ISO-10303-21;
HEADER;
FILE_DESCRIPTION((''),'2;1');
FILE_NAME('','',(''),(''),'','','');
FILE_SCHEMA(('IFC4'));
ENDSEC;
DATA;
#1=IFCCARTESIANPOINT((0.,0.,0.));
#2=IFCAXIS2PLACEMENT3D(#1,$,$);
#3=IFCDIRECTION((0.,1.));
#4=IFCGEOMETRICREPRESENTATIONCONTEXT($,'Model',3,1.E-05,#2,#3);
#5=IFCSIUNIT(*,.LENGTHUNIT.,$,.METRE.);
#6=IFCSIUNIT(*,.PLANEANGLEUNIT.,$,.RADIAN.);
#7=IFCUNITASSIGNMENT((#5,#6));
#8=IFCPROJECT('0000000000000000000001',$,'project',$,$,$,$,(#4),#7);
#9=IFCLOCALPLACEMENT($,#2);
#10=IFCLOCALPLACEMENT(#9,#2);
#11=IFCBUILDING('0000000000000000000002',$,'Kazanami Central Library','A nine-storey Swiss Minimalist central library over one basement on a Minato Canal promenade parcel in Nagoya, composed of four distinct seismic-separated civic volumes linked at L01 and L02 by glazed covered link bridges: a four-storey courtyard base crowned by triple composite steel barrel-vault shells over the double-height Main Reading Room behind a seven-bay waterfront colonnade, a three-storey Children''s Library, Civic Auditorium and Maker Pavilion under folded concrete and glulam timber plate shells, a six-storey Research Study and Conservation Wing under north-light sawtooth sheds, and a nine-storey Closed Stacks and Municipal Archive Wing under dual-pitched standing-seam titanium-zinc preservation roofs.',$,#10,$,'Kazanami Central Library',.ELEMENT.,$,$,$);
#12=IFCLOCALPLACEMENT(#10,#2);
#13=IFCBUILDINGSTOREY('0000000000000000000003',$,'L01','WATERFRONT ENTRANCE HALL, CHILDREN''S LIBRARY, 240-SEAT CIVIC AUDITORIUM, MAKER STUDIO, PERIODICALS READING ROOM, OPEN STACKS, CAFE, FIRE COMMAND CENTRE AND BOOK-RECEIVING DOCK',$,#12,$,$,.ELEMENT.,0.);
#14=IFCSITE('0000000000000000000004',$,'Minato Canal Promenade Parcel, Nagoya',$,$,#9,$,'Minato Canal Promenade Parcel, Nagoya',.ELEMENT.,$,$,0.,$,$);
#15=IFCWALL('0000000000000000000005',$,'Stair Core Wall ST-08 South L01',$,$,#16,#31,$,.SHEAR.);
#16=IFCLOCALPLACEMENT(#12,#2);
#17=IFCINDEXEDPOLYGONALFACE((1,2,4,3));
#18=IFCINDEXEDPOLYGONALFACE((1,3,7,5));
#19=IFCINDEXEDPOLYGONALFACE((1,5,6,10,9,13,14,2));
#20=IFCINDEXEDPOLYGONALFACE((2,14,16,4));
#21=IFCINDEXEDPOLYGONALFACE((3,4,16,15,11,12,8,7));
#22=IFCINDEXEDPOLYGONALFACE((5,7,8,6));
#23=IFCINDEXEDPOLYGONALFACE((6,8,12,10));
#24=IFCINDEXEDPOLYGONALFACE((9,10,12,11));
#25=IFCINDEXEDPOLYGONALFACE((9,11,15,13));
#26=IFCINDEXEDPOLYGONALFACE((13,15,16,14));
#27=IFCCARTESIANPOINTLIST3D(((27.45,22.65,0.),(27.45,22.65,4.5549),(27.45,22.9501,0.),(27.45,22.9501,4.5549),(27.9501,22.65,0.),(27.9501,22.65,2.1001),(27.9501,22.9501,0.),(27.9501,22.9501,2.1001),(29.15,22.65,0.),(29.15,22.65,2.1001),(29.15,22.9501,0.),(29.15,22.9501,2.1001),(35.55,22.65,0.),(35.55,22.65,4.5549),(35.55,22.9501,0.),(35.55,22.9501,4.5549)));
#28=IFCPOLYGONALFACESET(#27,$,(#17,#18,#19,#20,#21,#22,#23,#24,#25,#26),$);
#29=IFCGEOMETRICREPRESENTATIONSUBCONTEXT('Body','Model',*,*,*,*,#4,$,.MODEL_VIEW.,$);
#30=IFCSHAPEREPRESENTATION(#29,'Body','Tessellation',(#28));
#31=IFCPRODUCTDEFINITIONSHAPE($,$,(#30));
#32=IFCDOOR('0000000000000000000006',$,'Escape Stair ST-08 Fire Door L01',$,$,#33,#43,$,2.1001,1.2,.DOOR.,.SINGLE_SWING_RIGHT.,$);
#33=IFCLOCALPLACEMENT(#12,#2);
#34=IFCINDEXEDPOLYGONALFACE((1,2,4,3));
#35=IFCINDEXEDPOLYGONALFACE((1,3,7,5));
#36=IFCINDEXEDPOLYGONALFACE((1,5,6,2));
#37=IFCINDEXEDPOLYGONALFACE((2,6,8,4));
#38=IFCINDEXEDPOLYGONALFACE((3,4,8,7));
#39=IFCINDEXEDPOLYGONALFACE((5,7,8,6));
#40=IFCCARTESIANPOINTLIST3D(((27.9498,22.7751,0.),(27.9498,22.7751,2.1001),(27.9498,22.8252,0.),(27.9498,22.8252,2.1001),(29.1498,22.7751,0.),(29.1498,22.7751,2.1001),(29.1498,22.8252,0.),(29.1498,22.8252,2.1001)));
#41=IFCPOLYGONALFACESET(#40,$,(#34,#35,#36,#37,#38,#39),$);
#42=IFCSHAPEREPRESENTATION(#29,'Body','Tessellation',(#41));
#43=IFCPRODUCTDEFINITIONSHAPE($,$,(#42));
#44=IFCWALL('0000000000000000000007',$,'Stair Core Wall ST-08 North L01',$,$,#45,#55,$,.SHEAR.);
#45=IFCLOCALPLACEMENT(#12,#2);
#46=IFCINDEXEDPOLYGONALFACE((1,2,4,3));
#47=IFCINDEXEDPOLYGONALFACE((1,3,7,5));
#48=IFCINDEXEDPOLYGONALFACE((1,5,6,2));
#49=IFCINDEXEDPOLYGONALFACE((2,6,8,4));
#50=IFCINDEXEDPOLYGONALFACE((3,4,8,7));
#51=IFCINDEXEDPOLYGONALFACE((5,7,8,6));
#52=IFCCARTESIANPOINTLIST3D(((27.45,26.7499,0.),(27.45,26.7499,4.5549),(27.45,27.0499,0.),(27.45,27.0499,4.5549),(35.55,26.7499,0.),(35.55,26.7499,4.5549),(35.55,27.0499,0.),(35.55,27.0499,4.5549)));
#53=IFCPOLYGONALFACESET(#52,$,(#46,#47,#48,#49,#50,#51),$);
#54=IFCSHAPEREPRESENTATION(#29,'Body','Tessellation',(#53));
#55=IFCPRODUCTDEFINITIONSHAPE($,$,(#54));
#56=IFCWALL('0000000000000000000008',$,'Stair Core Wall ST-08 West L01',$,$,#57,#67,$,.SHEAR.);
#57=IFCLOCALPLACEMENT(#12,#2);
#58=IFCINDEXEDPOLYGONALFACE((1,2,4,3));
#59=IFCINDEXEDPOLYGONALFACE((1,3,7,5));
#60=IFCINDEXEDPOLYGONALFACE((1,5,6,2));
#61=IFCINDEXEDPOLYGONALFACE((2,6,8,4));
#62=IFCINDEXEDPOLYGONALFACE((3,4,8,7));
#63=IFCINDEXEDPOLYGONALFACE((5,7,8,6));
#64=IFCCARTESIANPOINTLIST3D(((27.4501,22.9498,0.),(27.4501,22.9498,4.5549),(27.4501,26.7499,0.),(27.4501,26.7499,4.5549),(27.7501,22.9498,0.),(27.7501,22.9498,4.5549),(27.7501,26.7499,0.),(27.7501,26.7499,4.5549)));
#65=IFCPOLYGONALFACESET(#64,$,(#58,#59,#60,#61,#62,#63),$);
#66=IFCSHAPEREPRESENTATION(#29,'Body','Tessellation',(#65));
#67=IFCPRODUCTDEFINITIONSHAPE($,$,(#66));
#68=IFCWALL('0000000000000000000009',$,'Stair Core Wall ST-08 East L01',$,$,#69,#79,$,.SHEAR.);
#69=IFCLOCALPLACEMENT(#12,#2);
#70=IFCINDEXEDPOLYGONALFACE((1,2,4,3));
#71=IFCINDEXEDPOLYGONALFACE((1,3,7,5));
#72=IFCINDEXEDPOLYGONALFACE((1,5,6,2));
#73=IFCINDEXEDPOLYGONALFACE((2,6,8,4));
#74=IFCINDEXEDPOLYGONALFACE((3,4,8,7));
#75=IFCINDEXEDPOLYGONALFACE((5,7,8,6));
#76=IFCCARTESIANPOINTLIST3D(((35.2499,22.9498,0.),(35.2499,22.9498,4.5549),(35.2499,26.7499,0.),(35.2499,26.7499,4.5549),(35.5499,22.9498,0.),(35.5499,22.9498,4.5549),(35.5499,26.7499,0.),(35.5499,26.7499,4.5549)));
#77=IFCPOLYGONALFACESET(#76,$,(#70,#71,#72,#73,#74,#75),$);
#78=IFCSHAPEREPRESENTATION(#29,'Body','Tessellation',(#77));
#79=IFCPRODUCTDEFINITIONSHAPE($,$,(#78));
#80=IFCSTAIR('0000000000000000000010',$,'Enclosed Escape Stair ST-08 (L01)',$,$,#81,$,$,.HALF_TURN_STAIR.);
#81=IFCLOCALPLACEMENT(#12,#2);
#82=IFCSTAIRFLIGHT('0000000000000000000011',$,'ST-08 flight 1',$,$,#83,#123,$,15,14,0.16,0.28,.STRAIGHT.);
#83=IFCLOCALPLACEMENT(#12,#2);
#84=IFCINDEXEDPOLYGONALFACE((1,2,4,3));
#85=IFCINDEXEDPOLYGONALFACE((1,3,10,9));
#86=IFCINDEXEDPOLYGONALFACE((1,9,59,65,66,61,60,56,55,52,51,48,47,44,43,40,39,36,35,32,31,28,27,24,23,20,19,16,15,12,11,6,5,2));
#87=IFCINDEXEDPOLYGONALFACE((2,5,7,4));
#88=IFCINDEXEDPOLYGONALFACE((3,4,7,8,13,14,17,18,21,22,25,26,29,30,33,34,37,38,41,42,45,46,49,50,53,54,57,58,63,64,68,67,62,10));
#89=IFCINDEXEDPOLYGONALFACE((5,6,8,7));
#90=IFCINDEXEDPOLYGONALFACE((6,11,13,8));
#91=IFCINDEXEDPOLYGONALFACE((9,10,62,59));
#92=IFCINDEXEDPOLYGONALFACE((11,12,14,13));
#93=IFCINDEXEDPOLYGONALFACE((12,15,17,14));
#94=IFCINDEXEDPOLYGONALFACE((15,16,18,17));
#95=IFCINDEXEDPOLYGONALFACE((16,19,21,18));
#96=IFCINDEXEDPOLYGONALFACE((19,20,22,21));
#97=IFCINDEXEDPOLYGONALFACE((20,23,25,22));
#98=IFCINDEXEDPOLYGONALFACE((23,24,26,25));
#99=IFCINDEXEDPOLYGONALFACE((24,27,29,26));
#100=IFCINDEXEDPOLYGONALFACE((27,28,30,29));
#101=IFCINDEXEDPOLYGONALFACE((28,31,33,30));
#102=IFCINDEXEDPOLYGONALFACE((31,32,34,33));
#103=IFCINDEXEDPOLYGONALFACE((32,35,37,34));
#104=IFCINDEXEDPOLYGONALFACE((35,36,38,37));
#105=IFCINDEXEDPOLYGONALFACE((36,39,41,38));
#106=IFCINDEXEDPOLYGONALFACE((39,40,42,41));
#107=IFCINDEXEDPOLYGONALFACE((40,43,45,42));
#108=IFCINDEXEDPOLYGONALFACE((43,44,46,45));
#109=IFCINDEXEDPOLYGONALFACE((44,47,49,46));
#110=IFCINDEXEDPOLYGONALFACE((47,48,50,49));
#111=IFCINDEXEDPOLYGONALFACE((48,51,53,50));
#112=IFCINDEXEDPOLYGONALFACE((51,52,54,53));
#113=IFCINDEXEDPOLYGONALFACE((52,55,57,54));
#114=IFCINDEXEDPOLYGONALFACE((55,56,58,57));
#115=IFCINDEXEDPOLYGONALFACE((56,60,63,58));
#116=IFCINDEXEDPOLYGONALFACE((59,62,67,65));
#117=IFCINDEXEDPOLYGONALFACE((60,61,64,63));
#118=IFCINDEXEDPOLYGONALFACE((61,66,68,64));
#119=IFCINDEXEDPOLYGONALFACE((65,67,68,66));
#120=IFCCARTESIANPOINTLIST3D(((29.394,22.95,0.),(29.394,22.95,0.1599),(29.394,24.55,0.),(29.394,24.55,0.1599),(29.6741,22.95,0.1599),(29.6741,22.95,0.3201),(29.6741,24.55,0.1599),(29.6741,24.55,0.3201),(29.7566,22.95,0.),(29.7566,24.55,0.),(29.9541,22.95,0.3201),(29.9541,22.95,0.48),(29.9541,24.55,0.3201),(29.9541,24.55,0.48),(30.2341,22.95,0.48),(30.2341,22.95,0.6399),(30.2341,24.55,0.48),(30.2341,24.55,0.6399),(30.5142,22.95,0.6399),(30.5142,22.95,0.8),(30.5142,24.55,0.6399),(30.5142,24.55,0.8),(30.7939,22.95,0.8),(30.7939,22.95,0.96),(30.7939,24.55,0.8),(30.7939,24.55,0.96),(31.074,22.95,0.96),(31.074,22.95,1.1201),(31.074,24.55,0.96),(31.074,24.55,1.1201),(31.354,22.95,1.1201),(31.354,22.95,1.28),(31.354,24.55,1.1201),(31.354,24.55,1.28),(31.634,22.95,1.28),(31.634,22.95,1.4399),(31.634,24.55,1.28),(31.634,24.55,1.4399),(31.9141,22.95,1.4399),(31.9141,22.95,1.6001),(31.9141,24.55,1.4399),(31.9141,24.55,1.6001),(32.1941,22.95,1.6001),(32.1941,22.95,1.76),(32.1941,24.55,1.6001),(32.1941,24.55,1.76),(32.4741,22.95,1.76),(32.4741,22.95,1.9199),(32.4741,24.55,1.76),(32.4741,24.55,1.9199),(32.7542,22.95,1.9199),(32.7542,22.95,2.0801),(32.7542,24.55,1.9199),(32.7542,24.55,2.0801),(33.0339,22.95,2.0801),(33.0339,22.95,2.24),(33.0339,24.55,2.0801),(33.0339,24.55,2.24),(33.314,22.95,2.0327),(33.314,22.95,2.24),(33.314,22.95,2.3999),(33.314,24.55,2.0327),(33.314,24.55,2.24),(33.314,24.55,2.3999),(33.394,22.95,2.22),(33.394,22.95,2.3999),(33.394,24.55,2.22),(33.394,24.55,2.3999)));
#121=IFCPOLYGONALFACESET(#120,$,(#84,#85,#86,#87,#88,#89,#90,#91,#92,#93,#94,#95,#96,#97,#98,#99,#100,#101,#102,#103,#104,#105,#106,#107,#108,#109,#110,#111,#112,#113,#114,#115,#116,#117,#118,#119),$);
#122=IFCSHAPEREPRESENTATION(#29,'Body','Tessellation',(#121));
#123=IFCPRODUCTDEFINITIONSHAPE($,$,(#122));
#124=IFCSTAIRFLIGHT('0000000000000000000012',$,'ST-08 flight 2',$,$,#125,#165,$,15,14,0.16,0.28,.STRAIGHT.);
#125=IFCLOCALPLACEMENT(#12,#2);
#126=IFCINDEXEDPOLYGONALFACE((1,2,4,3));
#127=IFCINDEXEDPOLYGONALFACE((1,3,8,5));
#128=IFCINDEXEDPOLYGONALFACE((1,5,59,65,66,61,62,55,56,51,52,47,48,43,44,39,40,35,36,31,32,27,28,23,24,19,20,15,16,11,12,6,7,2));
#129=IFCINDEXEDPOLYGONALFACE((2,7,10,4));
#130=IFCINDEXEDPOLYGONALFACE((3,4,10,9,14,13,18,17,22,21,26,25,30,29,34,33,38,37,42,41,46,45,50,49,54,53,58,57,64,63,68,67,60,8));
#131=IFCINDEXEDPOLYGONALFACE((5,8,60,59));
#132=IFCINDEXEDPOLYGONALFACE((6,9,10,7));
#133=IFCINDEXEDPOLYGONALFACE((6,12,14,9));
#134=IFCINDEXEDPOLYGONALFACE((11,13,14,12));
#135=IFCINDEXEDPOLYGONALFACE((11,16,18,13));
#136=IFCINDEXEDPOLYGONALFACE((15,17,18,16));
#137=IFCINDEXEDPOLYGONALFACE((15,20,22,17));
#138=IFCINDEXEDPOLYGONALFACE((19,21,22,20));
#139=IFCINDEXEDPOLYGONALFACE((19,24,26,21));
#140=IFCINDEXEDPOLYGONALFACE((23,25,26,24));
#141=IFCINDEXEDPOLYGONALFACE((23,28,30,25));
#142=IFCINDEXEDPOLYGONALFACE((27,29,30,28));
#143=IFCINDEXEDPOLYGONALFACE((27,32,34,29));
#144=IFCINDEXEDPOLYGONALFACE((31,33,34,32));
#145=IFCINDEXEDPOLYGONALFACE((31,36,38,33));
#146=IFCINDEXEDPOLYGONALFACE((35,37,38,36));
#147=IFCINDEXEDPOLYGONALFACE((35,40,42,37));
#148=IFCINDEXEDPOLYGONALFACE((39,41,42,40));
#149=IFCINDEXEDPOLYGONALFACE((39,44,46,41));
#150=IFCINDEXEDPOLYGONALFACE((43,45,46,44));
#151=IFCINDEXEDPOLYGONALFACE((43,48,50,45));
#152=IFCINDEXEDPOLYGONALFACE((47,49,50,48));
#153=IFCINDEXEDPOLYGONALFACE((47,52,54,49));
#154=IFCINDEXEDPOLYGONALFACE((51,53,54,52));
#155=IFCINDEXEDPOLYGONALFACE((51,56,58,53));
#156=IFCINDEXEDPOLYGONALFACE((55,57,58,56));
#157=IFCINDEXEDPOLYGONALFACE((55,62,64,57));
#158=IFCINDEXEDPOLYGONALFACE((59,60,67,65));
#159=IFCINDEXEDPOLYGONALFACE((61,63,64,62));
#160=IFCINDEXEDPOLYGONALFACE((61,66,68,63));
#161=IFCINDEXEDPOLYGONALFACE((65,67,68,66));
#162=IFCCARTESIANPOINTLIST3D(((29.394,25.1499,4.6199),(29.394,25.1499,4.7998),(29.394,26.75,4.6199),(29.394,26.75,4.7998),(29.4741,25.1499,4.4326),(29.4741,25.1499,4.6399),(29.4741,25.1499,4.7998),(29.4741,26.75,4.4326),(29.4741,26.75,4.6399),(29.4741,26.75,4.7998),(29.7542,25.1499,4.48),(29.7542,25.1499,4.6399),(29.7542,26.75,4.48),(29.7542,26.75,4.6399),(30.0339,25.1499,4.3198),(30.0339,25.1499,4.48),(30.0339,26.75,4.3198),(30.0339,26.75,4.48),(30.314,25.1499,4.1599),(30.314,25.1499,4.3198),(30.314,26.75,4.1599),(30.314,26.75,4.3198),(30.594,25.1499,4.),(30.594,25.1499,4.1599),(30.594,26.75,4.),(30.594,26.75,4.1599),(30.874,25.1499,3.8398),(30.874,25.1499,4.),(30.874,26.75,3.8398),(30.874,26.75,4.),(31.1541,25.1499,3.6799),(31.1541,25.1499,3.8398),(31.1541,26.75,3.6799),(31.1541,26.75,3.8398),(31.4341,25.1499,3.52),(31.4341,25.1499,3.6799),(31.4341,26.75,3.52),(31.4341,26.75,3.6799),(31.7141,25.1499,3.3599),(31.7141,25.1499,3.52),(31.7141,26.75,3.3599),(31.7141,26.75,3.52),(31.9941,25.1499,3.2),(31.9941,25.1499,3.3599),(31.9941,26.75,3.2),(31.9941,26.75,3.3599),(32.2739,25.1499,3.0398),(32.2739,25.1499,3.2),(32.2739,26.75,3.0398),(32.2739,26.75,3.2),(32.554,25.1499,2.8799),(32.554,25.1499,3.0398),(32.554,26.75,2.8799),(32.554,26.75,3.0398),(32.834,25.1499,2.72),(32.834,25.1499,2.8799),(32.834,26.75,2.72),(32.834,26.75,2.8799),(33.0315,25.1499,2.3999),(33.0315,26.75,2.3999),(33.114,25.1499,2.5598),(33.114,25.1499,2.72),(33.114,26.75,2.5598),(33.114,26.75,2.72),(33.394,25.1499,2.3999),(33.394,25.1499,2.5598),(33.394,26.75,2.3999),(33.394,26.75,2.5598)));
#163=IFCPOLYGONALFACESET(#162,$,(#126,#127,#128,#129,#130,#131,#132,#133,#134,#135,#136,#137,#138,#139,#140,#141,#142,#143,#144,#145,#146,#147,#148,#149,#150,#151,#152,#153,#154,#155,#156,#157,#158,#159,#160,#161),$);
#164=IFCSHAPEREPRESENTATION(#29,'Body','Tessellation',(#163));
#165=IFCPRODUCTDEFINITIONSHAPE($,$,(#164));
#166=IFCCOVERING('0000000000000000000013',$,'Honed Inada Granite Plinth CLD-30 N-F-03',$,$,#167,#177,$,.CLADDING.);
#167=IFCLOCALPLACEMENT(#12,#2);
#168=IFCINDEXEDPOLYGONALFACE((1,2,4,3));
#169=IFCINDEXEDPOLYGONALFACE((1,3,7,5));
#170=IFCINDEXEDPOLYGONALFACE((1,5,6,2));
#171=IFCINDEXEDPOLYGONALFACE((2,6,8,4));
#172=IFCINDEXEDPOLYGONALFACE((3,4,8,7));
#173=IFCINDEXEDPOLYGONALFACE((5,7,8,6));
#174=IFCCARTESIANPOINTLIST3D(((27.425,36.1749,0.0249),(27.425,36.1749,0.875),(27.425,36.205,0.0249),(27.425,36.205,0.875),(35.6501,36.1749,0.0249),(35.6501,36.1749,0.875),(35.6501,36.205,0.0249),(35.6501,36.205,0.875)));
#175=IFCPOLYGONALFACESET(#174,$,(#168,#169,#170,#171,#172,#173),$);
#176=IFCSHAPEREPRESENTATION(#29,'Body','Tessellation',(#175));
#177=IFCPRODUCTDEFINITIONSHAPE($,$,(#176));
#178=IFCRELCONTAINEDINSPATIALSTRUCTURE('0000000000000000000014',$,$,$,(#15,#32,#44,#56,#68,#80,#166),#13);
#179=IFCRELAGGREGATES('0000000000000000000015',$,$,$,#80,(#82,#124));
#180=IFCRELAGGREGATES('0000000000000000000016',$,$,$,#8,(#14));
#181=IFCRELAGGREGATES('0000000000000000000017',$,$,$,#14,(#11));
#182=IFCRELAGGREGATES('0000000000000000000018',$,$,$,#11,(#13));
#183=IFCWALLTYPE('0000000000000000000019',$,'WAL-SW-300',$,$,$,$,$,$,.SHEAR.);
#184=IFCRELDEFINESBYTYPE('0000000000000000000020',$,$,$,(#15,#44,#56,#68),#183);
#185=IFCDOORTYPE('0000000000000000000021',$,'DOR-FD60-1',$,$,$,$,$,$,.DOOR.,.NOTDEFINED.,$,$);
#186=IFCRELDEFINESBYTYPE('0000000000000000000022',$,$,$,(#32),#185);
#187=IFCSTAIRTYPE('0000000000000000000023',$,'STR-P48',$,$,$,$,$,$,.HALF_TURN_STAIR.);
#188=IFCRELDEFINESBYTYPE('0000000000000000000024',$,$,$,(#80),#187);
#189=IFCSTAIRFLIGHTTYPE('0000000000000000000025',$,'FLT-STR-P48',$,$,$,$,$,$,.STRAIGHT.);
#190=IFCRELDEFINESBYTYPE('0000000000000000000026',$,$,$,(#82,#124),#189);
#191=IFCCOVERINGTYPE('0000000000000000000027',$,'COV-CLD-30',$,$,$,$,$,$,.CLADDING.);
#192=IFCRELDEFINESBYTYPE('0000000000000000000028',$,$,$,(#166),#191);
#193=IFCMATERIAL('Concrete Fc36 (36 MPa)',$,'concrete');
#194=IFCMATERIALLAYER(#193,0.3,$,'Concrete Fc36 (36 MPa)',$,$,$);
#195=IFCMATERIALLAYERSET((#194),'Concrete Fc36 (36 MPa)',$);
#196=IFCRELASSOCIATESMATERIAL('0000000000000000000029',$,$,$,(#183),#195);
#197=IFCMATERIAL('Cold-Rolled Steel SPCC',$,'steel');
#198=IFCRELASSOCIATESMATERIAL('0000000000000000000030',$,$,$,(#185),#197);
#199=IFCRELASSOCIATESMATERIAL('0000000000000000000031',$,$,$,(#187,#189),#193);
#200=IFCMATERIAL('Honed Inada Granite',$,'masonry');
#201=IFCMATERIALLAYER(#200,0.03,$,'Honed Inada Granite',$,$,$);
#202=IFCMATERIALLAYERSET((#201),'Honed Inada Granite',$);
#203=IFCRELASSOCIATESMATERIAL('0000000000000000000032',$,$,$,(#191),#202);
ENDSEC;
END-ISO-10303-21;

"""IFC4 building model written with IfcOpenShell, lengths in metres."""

from ifc_helpers import new_model, si_unit, direction, frame, frame_2d, origin, origin_2d, place, context, subcontext, project, spatial, polyline, rectangle, outline, extrude, material, layer, layer_set, type_object, element, fill, aggregate, save


model = new_model("IFC4")

# Units and contexts
model_context = context("Model", 3, precision=1e-05, world=origin(), true_north=direction((0.0, 1.0)))
body_context = subcontext(model_context, "Body", "Model", "MODEL_VIEW")
ifc_project = project(units=[si_unit("LENGTHUNIT", "METRE"), si_unit("PLANEANGLEUNIT", "RADIAN")], contexts=[model_context])

# Site, building, storey
site_placement = place(None, origin())
site = spatial("IfcSite", under=ifc_project, at=site_placement, Name="Minato Canal Promenade Parcel, Nagoya", LongName="Minato Canal Promenade Parcel, Nagoya", CompositionType="ELEMENT", RefElevation=0.0)
building_placement = place(site_placement, origin())
building = spatial("IfcBuilding", under=site, at=building_placement, Name="Kazanami Central Library", Description="A nine-storey Swiss Minimalist central library over one basement on a Minato Canal promenade parcel in Nagoya, composed of four distinct seismic-separated civic volumes linked at L01 and L02 by glazed covered link bridges: a four-storey courtyard base crowned by triple composite steel barrel-vault shells over the double-height Main Reading Room behind a seven-bay waterfront colonnade, a three-storey Children's Library, Civic Auditorium and Maker Pavilion under folded concrete and glulam timber plate shells, a six-storey Research Study and Conservation Wing under north-light sawtooth sheds, and a nine-storey Closed Stacks and Municipal Archive Wing under dual-pitched standing-seam titanium-zinc preservation roofs.", LongName="Kazanami Central Library", CompositionType="ELEMENT")
storey_placement = place(building_placement, origin())
storey = spatial("IfcBuildingStorey", under=building, at=storey_placement, Name="L01", Description="WATERFRONT ENTRANCE HALL, CHILDREN'S LIBRARY, 240-SEAT CIVIC AUDITORIUM, MAKER STUDIO, PERIODICALS READING ROOM, OPEN STACKS, CAFE, FIRE COMMAND CENTRE AND BOOK-RECEIVING DOCK", CompositionType="ELEMENT", Elevation=0.0)

# Shared definitions
ifc_material_1 = material(Name="Concrete Fc36 (36 MPa)", Category="concrete")
ifc_material_2 = material(Name="Honed Inada Granite", Category="masonry")

# Wall, opening, door
ifc_layer_1 = layer(ifc_material_1, 0.3, Name="Concrete Fc36 (36 MPa)")
ifc_layer_set_1 = layer_set([ifc_layer_1], Name="Concrete Fc36 (36 MPa)")
wall_type_1 = type_object("IfcWallType", Name="WAL-SW-300", PredefinedType="SHEAR", material=ifc_layer_set_1)
wall_1_placement = place(storey_placement, frame((27.45, 22.8, 0.0), z_axis=(0.0, 0.0, 1.0), x_axis=(1.0, 0.0, 0.0)))
wall_1 = element("IfcWall", 1, at=wall_1_placement, inside=storey, type_object=wall_type_1, Name="Stair Core Wall ST-08 South L01", PredefinedType="SHEAR", context=body_context, shape_type="SweptSolid", body=[
    extrude(rectangle(XDim=8.1001, YDim=0.3, at=frame_2d((4.05, 0.0))), origin(), (0.0, 0.0, 1.0), 4.5549),
])
opening_1_placement = place(wall_1_placement, frame((0.5, 0.0, 0.0)))
opening_1 = element("IfcOpeningElement", 2, at=opening_1_placement, cuts=wall_1, PredefinedType="OPENING", context=body_context, shape_type="SweptSolid", body=[
    extrude(rectangle(XDim=1.2, YDim=2.1001, at=frame_2d((0.6001, 1.05))), frame((0.0, 0.1621, 0.0), z_axis=(0.0, -1.0, 0.0), x_axis=(1.0, 0.0, 0.0)), (0.0, 0.0, 1.0), 0.324),
])
ifc_material_3 = material(Name="Cold-Rolled Steel SPCC", Category="steel")
door_type = type_object("IfcDoorType", Name="DOR-FD60-1", OperationType="NOTDEFINED", PredefinedType="DOOR", material=ifc_material_3)
door_placement = place(opening_1_placement, frame((1.2, 0.0, 0.0), z_axis=(0.0, 0.0, 1.0), x_axis=(-1.0, 0.0, 0.0)))
door = element("IfcDoor", 3, at=door_placement, inside=storey, type_object=door_type, Name="Escape Stair ST-08 Fire Door L01", OperationType="SINGLE_SWING_RIGHT", OverallHeight=2.1001, OverallWidth=1.2, PredefinedType="DOOR", context=body_context, shape_type="SweptSolid", body=[
    extrude(rectangle(XDim=1.2, YDim=2.1001, at=frame_2d((0.6001, 1.05))), frame((0.0, 0.0249, 0.0), z_axis=(0.0, -1.0, 0.0), x_axis=(1.0, 0.0, 0.0)), (0.0, 0.0, 1.0), 0.05),
])
fill(opening_1, door)

# Walls
wall_2_placement = place(storey_placement, frame((27.45, 26.8999, 0.0), z_axis=(0.0, 0.0, 1.0), x_axis=(1.0, 0.0, 0.0)))
element("IfcWall", 4, at=wall_2_placement, inside=storey, type_object=wall_type_1, Name="Stair Core Wall ST-08 North L01", PredefinedType="SHEAR", context=body_context, shape_type="SweptSolid", body=[
    extrude(rectangle(XDim=8.1001, YDim=0.3, at=frame_2d((4.05, 0.0))), origin(), (0.0, 0.0, 1.0), 4.5549),
])
for number, where, z_axis, x_axis, name in (
    (5, (27.6001, 22.95, 0.0), (0.0, 0.0, 1.0), (0.0, 1.0, 0.0), "Stair Core Wall ST-08 West L01"),
    (6, (35.3999, 22.95, 0.0), (0.0, 0.0, 1.0), (0.0, 1.0, 0.0), "Stair Core Wall ST-08 East L01"),
):
    element("IfcWall", number, at=place(storey_placement, frame(where, z_axis=z_axis, x_axis=x_axis)), inside=storey, type_object=wall_type_1, Name=name, PredefinedType="SHEAR", context=body_context, shape_type="SweptSolid", body=[
        extrude(rectangle(XDim=3.8, YDim=0.3, at=frame_2d((1.8999, 0.0))), origin(), (0.0, 0.0, 1.0), 4.5549),
    ])

# Stair, stair flights
stair_type = type_object("IfcStairType", Name="STR-P48", PredefinedType="HALF_TURN_STAIR", material=ifc_material_1)
stair_placement = place(storey_placement, origin())
stair = element("IfcStair", 7, at=stair_placement, inside=storey, type_object=stair_type, Name="Enclosed Escape Stair ST-08 (L01)", PredefinedType="HALF_TURN_STAIR")
stair_flight_type = type_object("IfcStairFlightType", Name="FLT-STR-P48", PredefinedType="STRAIGHT", material=ifc_material_1)
stair_flight_1_placement = place(storey_placement, frame((29.394, 23.75, 0.0), z_axis=(0.0, 0.0, 1.0), x_axis=(1.0, 0.0, 0.0)))
stair_flight_1 = element("IfcStairFlight", 8, at=stair_flight_1_placement, type_object=stair_flight_type, Name="ST-08 flight 1", NumberOfRisers=15, NumberOfTreads=14, PredefinedType="STRAIGHT", RiserHeight=0.16, TreadLength=0.28, context=body_context, shape_type="SweptSolid", body=[
    extrude(outline(polyline([(0.0, 0.0), (0.0, 0.1599), (0.28, 0.1599), (0.28, 0.3201), (0.5601, 0.3201), (0.5601, 0.48), (0.8401, 0.48), (0.8401, 0.6399), (1.1201, 0.6399), (1.1201, 0.8), (1.3999, 0.8), (1.3999, 0.96), (1.6799, 0.96), (1.6799, 1.1201), (1.96, 1.1201), (1.96, 1.28), (2.24, 1.28), (2.24, 1.4399), (2.52, 1.4399), (2.52, 1.6001), (2.8, 1.6001), (2.8, 1.76), (3.0801, 1.76), (3.0801, 1.9199), (3.3601, 1.9199), (3.3601, 2.0801), (3.6399, 2.0801), (3.6399, 2.24), (3.9199, 2.24), (3.9199, 2.3999), (4.0, 2.3999), (4.0, 2.22), (3.9199, 2.0327), (0.3625, 0.0), (0.0, 0.0)])), frame((0.0, 0.8, 0.0), z_axis=(0.0, -1.0, 0.0), x_axis=(1.0, 0.0, 0.0)), (0.0, 0.0, 1.0), 1.6001),
])
stair_flight_2_placement = place(storey_placement, frame((33.394, 25.95, 2.3999), z_axis=(0.0, 0.0, 1.0), x_axis=(-1.0, 0.0, 0.0)))
stair_flight_2 = element("IfcStairFlight", 9, at=stair_flight_2_placement, type_object=stair_flight_type, Name="ST-08 flight 2", NumberOfRisers=15, NumberOfTreads=14, PredefinedType="STRAIGHT", RiserHeight=0.16, TreadLength=0.28, context=body_context, shape_type="SweptSolid", body=[
    extrude(outline(polyline([(0.0, 0.0), (0.0, 0.1599), (0.28, 0.1599), (0.28, 0.3201), (0.5601, 0.3201), (0.5601, 0.48), (0.8401, 0.48), (0.8401, 0.6399), (1.1201, 0.6399), (1.1201, 0.8), (1.3999, 0.8), (1.3999, 0.96), (1.6799, 0.96), (1.6799, 1.1201), (1.96, 1.1201), (1.96, 1.28), (2.24, 1.28), (2.24, 1.4399), (2.52, 1.4399), (2.52, 1.6001), (2.8, 1.6001), (2.8, 1.76), (3.0801, 1.76), (3.0801, 1.9199), (3.3601, 1.9199), (3.3601, 2.0801), (3.6399, 2.0801), (3.6399, 2.24), (3.9199, 2.24), (3.9199, 2.3999), (4.0, 2.3999), (4.0, 2.22), (3.9199, 2.0327), (0.3625, 0.0), (0.0, 0.0)])), frame((0.0, 0.8, 0.0), z_axis=(0.0, -1.0, 0.0), x_axis=(1.0, 0.0, 0.0)), (0.0, 0.0, 1.0), 1.6001),
])
aggregate(stair, [stair_flight_1, stair_flight_2])

# Covering
ifc_layer_2 = layer(ifc_material_2, 0.03, Name="Honed Inada Granite")
ifc_layer_set_2 = layer_set([ifc_layer_2], Name="Honed Inada Granite")
covering_type = type_object("IfcCoveringType", Name="COV-CLD-30", PredefinedType="CLADDING", material=ifc_layer_set_2)
covering_placement = place(storey_placement, frame((31.5376, 36.1899, 0.0249), z_axis=(0.0, 0.0, 1.0), x_axis=(-1.0, 0.0, 0.0)))
element("IfcCovering", 10, at=covering_placement, inside=storey, type_object=covering_type, Name="Honed Inada Granite Plinth CLD-30 N-F-03", PredefinedType="CLADDING", context=body_context, shape_type="SweptSolid", body=[
    extrude(rectangle(XDim=8.2251, YDim=0.03, at=origin_2d()), origin(), (0.0, 0.0, 1.0), 0.8501),
])

save(model, "model.ifc")
